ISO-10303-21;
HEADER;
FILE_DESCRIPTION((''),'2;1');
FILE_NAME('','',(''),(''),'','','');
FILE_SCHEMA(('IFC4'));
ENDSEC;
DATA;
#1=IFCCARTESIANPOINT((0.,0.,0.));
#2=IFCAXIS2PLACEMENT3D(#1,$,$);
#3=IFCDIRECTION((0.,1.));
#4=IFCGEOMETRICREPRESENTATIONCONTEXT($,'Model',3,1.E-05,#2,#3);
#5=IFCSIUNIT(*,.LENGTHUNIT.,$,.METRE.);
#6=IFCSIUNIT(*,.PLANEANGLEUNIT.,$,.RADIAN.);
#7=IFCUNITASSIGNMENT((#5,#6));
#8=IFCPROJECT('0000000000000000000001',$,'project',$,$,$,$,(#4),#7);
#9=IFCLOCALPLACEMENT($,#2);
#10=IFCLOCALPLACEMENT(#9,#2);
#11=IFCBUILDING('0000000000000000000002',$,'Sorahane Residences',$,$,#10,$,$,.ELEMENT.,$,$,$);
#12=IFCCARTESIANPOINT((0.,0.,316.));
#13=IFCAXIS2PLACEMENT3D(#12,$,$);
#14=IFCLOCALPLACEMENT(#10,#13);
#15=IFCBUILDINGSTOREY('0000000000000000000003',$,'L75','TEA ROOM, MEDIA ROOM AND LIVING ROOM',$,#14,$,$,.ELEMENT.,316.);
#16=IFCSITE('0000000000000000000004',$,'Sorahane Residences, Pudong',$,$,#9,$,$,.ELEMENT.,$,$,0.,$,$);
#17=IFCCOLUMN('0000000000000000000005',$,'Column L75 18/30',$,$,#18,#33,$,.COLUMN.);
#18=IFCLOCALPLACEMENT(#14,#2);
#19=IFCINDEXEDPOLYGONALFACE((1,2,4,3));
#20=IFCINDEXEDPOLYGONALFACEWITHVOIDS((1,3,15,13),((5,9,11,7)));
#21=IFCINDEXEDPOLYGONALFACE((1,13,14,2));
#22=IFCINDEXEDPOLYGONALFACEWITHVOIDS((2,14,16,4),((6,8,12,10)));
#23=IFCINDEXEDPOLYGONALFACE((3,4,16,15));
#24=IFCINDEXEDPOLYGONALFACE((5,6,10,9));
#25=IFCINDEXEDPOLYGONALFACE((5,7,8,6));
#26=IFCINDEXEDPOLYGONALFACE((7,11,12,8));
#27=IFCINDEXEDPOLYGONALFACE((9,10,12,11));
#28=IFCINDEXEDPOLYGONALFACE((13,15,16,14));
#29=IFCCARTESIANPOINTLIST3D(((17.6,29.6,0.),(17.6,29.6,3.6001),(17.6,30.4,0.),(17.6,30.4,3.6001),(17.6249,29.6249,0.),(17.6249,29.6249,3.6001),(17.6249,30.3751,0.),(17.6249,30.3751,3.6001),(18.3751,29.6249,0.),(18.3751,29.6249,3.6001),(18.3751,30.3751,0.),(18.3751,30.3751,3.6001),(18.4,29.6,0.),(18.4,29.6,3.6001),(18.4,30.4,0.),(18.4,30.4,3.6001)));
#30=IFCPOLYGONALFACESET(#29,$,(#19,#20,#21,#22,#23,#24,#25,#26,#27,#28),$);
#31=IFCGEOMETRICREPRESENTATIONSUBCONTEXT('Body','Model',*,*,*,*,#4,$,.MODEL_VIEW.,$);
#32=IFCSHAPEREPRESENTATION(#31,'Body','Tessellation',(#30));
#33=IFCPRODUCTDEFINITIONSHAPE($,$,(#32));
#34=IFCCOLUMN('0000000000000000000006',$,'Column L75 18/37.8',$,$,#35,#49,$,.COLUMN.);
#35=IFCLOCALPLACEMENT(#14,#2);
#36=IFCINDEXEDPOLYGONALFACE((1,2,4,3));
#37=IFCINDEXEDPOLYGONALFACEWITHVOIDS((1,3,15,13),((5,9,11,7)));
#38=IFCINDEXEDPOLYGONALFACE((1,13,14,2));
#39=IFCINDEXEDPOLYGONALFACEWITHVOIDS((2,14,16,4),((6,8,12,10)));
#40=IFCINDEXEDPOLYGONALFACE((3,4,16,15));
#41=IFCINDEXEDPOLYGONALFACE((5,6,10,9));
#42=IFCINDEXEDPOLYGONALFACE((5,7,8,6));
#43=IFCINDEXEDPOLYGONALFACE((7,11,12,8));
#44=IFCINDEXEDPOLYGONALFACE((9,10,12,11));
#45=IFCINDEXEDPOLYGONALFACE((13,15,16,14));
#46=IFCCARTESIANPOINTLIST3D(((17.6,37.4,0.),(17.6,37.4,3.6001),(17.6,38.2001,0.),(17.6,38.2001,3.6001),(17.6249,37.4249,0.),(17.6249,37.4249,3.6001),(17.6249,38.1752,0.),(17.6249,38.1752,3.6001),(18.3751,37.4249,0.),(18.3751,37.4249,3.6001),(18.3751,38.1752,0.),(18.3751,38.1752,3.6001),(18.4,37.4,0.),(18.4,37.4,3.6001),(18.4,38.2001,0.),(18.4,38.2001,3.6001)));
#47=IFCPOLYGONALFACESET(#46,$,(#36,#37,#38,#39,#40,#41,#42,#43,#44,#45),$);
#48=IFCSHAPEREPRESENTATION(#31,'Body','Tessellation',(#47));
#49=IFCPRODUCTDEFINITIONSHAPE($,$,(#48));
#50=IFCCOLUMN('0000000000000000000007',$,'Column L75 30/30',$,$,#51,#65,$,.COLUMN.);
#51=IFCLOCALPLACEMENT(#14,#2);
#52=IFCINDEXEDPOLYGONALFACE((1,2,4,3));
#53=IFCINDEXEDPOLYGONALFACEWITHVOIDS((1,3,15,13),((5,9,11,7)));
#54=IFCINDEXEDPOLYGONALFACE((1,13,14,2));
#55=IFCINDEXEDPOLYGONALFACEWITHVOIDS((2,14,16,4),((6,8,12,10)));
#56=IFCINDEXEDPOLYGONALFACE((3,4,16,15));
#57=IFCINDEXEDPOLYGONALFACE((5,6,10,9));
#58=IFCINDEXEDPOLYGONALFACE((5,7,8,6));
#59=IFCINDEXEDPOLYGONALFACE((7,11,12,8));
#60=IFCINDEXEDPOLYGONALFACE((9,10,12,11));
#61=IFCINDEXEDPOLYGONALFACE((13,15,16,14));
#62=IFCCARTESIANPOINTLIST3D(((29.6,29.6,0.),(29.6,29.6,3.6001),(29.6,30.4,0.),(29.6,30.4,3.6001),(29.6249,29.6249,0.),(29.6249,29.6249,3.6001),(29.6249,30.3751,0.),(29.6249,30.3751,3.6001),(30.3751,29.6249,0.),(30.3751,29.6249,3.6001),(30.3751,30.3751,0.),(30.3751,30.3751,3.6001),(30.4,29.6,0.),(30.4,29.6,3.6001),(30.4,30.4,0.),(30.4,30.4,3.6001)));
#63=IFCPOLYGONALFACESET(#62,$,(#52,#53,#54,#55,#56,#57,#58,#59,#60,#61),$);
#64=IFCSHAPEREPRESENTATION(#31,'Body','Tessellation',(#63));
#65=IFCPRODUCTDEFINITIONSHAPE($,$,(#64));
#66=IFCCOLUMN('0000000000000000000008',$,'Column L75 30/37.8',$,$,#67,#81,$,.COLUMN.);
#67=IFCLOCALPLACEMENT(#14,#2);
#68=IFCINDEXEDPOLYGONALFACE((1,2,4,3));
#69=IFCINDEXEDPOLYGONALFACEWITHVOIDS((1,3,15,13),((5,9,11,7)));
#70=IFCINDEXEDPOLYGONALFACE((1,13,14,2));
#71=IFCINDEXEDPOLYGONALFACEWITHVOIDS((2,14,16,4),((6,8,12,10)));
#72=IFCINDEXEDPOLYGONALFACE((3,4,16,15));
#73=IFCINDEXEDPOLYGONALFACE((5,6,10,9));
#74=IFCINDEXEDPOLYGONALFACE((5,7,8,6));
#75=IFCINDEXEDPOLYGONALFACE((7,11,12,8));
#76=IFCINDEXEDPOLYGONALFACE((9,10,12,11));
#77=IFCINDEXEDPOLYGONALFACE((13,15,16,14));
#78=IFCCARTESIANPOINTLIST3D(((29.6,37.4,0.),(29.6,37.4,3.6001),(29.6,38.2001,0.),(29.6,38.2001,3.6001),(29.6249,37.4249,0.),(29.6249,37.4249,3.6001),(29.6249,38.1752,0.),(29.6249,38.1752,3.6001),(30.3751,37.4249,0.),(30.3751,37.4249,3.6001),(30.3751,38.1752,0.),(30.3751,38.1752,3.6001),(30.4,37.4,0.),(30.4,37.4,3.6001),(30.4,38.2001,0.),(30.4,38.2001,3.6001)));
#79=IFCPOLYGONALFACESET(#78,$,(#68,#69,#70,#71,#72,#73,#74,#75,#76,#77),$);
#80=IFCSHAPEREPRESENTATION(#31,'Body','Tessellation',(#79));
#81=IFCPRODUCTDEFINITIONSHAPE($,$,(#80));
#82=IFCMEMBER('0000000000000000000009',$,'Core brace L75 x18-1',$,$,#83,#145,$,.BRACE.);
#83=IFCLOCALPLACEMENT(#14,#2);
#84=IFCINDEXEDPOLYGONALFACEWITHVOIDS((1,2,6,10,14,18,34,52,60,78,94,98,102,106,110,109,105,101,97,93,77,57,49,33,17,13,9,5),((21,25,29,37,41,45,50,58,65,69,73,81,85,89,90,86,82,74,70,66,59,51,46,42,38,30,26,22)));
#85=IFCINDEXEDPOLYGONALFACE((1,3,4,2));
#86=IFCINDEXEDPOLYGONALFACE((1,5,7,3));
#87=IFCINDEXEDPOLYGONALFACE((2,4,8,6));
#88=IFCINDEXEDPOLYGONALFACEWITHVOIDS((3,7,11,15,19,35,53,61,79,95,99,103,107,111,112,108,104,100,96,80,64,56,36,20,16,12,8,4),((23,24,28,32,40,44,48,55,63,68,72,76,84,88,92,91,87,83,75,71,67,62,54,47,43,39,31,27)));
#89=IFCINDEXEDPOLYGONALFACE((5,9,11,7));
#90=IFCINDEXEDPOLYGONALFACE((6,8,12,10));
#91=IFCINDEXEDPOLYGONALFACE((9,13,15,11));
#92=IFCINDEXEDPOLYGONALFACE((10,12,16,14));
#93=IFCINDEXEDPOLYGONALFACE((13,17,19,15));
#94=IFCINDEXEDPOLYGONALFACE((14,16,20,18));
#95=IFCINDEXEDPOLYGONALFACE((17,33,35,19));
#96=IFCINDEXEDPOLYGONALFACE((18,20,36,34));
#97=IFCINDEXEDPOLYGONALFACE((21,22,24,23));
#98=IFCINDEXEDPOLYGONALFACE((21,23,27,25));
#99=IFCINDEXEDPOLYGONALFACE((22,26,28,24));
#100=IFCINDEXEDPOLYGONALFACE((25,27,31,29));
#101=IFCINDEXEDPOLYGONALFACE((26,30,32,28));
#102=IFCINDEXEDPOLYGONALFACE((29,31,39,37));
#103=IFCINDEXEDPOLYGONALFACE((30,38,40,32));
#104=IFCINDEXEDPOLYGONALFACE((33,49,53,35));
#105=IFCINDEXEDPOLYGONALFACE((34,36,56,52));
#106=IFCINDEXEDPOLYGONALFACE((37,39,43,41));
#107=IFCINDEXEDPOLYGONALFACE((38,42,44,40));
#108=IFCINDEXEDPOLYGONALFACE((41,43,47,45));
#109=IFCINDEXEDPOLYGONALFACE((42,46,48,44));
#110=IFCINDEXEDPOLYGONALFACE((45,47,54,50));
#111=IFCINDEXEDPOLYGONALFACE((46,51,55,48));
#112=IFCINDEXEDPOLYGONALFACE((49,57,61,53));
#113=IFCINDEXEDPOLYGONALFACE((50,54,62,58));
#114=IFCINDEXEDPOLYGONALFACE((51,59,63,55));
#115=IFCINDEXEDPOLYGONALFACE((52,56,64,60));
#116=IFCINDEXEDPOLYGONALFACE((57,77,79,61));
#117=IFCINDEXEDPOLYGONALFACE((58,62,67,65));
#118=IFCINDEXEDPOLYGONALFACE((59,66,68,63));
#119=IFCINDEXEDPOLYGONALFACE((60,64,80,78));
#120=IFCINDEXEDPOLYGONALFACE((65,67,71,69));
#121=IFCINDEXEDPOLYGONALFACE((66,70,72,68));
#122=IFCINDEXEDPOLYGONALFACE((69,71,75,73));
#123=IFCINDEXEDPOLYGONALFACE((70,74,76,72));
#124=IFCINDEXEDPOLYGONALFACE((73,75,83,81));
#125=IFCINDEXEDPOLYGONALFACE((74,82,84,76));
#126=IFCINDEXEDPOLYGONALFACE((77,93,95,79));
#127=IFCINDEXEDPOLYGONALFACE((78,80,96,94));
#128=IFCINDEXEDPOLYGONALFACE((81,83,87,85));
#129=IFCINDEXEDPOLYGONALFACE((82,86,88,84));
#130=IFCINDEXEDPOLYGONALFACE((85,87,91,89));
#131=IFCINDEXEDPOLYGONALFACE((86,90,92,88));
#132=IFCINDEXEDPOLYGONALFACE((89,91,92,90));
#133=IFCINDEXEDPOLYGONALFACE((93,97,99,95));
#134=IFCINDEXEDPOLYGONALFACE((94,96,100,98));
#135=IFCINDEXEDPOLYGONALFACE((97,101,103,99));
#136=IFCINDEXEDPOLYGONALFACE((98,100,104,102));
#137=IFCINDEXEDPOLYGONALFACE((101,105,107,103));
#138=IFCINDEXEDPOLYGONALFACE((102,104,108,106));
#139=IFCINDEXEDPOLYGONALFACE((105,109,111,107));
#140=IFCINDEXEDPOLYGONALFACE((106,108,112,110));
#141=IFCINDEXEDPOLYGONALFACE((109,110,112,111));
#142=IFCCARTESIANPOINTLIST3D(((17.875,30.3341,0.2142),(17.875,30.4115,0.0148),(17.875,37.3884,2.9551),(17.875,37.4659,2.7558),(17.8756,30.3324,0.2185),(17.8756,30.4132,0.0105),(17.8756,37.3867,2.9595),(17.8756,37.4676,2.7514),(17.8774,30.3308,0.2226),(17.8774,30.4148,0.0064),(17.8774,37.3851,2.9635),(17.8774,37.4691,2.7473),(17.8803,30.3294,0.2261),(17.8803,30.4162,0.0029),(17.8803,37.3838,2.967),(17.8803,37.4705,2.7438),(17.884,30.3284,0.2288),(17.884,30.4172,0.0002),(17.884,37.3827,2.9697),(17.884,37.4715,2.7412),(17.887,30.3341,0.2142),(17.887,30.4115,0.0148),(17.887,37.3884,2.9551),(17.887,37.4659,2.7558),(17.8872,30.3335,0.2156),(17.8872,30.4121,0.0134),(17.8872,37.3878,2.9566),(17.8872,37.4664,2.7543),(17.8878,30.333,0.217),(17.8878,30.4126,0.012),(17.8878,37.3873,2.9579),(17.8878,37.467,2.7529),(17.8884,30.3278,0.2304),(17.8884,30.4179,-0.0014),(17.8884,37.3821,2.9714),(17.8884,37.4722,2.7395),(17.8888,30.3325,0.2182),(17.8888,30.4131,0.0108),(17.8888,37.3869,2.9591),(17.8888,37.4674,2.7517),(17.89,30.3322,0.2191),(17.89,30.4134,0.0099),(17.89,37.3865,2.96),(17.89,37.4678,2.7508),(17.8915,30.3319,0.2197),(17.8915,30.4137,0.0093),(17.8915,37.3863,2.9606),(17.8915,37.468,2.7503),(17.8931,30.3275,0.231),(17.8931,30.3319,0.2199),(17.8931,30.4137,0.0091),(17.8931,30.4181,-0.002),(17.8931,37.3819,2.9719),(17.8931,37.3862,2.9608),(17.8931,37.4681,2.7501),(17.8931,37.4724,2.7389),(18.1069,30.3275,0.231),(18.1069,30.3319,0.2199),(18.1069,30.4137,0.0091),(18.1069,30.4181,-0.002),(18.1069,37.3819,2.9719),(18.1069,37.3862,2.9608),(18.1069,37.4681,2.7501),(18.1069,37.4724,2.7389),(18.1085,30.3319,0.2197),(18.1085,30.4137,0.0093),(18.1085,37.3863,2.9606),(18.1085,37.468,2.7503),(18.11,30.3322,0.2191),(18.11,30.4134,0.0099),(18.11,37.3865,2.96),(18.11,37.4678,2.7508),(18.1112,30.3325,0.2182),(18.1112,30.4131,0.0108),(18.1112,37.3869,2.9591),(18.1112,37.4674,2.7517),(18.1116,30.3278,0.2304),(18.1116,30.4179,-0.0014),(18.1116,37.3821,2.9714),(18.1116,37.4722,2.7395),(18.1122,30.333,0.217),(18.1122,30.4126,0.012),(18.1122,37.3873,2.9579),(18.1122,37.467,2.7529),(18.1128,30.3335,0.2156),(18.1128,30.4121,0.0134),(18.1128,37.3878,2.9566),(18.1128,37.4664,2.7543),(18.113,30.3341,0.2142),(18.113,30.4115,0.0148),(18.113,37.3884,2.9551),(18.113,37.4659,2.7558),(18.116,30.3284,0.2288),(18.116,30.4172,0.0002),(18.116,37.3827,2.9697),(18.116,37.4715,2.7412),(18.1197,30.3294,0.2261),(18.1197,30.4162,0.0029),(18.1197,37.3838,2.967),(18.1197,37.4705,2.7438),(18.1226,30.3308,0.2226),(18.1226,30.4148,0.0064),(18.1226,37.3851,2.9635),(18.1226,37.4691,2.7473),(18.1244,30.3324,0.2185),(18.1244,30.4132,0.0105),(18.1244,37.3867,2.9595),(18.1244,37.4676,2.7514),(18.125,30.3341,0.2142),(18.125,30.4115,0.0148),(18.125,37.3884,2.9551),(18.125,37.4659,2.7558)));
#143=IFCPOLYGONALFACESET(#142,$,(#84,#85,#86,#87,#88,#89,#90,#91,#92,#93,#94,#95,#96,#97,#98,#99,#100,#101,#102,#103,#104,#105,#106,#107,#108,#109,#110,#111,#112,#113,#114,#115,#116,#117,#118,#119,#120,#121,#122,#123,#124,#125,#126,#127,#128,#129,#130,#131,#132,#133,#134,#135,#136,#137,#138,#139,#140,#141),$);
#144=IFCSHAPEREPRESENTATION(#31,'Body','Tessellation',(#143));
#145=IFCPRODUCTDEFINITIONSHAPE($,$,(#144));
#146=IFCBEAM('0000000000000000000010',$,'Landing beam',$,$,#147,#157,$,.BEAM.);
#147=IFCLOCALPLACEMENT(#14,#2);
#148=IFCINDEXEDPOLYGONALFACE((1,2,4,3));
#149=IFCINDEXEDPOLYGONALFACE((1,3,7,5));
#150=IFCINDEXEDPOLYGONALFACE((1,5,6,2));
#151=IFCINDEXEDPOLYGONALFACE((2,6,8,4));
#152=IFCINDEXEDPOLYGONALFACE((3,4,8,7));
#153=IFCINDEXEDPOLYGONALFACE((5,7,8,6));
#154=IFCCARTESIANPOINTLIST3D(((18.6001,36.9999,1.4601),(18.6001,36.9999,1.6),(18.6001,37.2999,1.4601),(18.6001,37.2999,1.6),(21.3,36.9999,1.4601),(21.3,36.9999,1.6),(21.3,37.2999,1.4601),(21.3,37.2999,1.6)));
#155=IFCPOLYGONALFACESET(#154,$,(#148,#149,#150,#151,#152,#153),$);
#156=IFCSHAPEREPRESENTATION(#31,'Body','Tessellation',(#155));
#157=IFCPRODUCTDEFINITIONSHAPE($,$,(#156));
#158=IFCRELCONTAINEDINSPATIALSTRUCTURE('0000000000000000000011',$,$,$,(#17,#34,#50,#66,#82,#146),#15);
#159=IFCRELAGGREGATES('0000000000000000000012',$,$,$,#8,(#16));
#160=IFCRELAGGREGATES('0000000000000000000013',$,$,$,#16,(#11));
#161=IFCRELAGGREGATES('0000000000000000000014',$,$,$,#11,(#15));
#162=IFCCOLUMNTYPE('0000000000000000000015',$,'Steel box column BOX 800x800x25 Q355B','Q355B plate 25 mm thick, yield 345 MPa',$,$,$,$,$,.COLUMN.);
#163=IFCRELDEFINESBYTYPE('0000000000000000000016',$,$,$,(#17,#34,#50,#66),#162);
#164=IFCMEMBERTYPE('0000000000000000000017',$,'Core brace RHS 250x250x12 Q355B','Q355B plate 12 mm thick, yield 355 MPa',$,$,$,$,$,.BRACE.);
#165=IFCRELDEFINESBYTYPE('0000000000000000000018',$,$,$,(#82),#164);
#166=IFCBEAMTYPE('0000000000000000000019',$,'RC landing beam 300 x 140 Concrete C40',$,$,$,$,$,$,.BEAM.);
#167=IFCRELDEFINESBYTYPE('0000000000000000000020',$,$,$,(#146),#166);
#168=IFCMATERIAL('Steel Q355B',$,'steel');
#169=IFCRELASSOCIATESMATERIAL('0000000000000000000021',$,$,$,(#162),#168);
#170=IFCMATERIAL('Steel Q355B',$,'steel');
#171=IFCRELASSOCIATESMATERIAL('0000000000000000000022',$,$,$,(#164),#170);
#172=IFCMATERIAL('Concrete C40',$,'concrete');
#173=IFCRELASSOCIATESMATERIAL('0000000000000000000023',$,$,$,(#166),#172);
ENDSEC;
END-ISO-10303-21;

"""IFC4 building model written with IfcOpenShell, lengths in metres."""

from ifc_helpers import new_model, si_unit, direction, frame, origin, origin_2d, place, context, subcontext, project, spatial, rectangle, hollow_rectangle, extrude, material, material_profile, profile_set, type_object, element, save


model = new_model("IFC4")

# Units and contexts
model_context = context("Model", 3, precision=1e-05, world=origin(), true_north=direction((0.0, 1.0)))
body_context = subcontext(model_context, "Body", "Model", "MODEL_VIEW")
ifc_project = project(units=[si_unit("LENGTHUNIT", "METRE"), si_unit("PLANEANGLEUNIT", "RADIAN")], contexts=[model_context])

# Site, building, storey
site_placement = place(None, origin())
site = spatial("IfcSite", under=ifc_project, at=site_placement, Name="Sorahane Residences, Pudong", CompositionType="ELEMENT", RefElevation=0.0)
building_placement = place(site_placement, origin())
building = spatial("IfcBuilding", under=site, at=building_placement, Name="Sorahane Residences", CompositionType="ELEMENT")
storey_placement = place(building_placement, frame((0.0, 0.0, 316.0)))
storey = spatial("IfcBuildingStorey", under=building, at=storey_placement, Name="L75", Description="TEA ROOM, MEDIA ROOM AND LIVING ROOM", CompositionType="ELEMENT", Elevation=316.0)

# Columns
ifc_material_1 = material(Name="Steel Q355B", Category="steel")
ifc_material_profile_1 = material_profile(ifc_material_1, hollow_rectangle(XDim=0.8, YDim=0.8, WallThickness=0.0249, at=origin_2d()), Name="BOX 800x800x25")
ifc_profile_set_1 = profile_set([ifc_material_profile_1], Name="Steel Q355B")
column_type = type_object("IfcColumnType", Name="Steel box column BOX 800x800x25 Q355B", Description="Q355B plate 25 mm thick, yield 345 MPa", PredefinedType="COLUMN", material=ifc_profile_set_1)
for number, where, z_axis, x_axis, name in (
    (1, (18.0, 30.0, 0.0), (0.0, 0.0, 1.0), (1.0, 0.0, 0.0), "Column L75 18/30"),
    (2, (18.0, 37.8, 0.0), (0.0, 0.0, 1.0), (1.0, 0.0, 0.0), "Column L75 18/37.8"),
    (3, (30.0, 30.0, 0.0), (0.0, 0.0, 1.0), (1.0, 0.0, 0.0), "Column L75 30/30"),
    (4, (30.0, 37.8, 0.0), (0.0, 0.0, 1.0), (1.0, 0.0, 0.0), "Column L75 30/37.8"),
):
    element("IfcColumn", number, at=place(storey_placement, frame(where, z_axis=z_axis, x_axis=x_axis)), inside=storey, type_object=column_type, Name=name, PredefinedType="COLUMN", context=body_context, shape_type="SweptSolid", body=[
        extrude(hollow_rectangle(XDim=0.8, YDim=0.8, WallThickness=0.0249, at=origin_2d()), origin(), (0.0, 0.0, 1.0), 3.6001),
    ])

# Member
ifc_material_2 = material(Name="Steel Q355B", Category="steel")
ifc_material_profile_2 = material_profile(ifc_material_2, hollow_rectangle(XDim=0.25, YDim=0.25, WallThickness=0.012, InnerFilletRadius=0.0061, OuterFilletRadius=0.0181, at=origin_2d()), Name="RHS 250x250x12")
ifc_profile_set_2 = profile_set([ifc_material_profile_2], Name="Steel Q355B")
member_type = type_object("IfcMemberType", Name="Core brace RHS 250x250x12 Q355B", Description="Q355B plate 12 mm thick, yield 355 MPa", PredefinedType="BRACE", material=ifc_profile_set_2)
member_placement = place(storey_placement, frame((18.0, 30.3728, 0.1145), z_axis=(0.0, 0.932113, 0.362168), x_axis=(-1.0, 0.0, 0.0)))
element("IfcMember", 5, at=member_placement, inside=storey, type_object=member_type, Name="Core brace L75 x18-1", PredefinedType="BRACE", context=body_context, shape_type="SweptSolid", body=[
    extrude(hollow_rectangle(XDim=0.25, YDim=0.25, WallThickness=0.012, InnerFilletRadius=0.0061, OuterFilletRadius=0.0181, at=origin_2d()), origin(), (0.0, 0.0, 1.0), 7.5681),
])

# Beam
ifc_material_3 = material(Name="Concrete C40", Category="concrete")
ifc_material_profile_3 = material_profile(ifc_material_3, rectangle(XDim=0.3, YDim=0.1399, at=origin_2d()), Name="300x140")
ifc_profile_set_3 = profile_set([ifc_material_profile_3], Name="Concrete C40")
beam_type_1 = type_object("IfcBeamType", Name="RC landing beam 300 x 140 Concrete C40", PredefinedType="BEAM", material=ifc_profile_set_3)
beam_placement = place(storey_placement, frame((18.6001, 37.1499, 1.53), z_axis=(1.0, 0.0, 0.0), x_axis=(0.0, 1.0, 0.0)))
element("IfcBeam", 6, at=beam_placement, inside=storey, type_object=beam_type_1, Name="Landing beam", PredefinedType="BEAM", context=body_context, shape_type="SweptSolid", body=[
    extrude(rectangle(XDim=0.3, YDim=0.1399, at=origin_2d()), origin(), (0.0, 0.0, 1.0), 2.7),
])

save(model, "model.ifc")
